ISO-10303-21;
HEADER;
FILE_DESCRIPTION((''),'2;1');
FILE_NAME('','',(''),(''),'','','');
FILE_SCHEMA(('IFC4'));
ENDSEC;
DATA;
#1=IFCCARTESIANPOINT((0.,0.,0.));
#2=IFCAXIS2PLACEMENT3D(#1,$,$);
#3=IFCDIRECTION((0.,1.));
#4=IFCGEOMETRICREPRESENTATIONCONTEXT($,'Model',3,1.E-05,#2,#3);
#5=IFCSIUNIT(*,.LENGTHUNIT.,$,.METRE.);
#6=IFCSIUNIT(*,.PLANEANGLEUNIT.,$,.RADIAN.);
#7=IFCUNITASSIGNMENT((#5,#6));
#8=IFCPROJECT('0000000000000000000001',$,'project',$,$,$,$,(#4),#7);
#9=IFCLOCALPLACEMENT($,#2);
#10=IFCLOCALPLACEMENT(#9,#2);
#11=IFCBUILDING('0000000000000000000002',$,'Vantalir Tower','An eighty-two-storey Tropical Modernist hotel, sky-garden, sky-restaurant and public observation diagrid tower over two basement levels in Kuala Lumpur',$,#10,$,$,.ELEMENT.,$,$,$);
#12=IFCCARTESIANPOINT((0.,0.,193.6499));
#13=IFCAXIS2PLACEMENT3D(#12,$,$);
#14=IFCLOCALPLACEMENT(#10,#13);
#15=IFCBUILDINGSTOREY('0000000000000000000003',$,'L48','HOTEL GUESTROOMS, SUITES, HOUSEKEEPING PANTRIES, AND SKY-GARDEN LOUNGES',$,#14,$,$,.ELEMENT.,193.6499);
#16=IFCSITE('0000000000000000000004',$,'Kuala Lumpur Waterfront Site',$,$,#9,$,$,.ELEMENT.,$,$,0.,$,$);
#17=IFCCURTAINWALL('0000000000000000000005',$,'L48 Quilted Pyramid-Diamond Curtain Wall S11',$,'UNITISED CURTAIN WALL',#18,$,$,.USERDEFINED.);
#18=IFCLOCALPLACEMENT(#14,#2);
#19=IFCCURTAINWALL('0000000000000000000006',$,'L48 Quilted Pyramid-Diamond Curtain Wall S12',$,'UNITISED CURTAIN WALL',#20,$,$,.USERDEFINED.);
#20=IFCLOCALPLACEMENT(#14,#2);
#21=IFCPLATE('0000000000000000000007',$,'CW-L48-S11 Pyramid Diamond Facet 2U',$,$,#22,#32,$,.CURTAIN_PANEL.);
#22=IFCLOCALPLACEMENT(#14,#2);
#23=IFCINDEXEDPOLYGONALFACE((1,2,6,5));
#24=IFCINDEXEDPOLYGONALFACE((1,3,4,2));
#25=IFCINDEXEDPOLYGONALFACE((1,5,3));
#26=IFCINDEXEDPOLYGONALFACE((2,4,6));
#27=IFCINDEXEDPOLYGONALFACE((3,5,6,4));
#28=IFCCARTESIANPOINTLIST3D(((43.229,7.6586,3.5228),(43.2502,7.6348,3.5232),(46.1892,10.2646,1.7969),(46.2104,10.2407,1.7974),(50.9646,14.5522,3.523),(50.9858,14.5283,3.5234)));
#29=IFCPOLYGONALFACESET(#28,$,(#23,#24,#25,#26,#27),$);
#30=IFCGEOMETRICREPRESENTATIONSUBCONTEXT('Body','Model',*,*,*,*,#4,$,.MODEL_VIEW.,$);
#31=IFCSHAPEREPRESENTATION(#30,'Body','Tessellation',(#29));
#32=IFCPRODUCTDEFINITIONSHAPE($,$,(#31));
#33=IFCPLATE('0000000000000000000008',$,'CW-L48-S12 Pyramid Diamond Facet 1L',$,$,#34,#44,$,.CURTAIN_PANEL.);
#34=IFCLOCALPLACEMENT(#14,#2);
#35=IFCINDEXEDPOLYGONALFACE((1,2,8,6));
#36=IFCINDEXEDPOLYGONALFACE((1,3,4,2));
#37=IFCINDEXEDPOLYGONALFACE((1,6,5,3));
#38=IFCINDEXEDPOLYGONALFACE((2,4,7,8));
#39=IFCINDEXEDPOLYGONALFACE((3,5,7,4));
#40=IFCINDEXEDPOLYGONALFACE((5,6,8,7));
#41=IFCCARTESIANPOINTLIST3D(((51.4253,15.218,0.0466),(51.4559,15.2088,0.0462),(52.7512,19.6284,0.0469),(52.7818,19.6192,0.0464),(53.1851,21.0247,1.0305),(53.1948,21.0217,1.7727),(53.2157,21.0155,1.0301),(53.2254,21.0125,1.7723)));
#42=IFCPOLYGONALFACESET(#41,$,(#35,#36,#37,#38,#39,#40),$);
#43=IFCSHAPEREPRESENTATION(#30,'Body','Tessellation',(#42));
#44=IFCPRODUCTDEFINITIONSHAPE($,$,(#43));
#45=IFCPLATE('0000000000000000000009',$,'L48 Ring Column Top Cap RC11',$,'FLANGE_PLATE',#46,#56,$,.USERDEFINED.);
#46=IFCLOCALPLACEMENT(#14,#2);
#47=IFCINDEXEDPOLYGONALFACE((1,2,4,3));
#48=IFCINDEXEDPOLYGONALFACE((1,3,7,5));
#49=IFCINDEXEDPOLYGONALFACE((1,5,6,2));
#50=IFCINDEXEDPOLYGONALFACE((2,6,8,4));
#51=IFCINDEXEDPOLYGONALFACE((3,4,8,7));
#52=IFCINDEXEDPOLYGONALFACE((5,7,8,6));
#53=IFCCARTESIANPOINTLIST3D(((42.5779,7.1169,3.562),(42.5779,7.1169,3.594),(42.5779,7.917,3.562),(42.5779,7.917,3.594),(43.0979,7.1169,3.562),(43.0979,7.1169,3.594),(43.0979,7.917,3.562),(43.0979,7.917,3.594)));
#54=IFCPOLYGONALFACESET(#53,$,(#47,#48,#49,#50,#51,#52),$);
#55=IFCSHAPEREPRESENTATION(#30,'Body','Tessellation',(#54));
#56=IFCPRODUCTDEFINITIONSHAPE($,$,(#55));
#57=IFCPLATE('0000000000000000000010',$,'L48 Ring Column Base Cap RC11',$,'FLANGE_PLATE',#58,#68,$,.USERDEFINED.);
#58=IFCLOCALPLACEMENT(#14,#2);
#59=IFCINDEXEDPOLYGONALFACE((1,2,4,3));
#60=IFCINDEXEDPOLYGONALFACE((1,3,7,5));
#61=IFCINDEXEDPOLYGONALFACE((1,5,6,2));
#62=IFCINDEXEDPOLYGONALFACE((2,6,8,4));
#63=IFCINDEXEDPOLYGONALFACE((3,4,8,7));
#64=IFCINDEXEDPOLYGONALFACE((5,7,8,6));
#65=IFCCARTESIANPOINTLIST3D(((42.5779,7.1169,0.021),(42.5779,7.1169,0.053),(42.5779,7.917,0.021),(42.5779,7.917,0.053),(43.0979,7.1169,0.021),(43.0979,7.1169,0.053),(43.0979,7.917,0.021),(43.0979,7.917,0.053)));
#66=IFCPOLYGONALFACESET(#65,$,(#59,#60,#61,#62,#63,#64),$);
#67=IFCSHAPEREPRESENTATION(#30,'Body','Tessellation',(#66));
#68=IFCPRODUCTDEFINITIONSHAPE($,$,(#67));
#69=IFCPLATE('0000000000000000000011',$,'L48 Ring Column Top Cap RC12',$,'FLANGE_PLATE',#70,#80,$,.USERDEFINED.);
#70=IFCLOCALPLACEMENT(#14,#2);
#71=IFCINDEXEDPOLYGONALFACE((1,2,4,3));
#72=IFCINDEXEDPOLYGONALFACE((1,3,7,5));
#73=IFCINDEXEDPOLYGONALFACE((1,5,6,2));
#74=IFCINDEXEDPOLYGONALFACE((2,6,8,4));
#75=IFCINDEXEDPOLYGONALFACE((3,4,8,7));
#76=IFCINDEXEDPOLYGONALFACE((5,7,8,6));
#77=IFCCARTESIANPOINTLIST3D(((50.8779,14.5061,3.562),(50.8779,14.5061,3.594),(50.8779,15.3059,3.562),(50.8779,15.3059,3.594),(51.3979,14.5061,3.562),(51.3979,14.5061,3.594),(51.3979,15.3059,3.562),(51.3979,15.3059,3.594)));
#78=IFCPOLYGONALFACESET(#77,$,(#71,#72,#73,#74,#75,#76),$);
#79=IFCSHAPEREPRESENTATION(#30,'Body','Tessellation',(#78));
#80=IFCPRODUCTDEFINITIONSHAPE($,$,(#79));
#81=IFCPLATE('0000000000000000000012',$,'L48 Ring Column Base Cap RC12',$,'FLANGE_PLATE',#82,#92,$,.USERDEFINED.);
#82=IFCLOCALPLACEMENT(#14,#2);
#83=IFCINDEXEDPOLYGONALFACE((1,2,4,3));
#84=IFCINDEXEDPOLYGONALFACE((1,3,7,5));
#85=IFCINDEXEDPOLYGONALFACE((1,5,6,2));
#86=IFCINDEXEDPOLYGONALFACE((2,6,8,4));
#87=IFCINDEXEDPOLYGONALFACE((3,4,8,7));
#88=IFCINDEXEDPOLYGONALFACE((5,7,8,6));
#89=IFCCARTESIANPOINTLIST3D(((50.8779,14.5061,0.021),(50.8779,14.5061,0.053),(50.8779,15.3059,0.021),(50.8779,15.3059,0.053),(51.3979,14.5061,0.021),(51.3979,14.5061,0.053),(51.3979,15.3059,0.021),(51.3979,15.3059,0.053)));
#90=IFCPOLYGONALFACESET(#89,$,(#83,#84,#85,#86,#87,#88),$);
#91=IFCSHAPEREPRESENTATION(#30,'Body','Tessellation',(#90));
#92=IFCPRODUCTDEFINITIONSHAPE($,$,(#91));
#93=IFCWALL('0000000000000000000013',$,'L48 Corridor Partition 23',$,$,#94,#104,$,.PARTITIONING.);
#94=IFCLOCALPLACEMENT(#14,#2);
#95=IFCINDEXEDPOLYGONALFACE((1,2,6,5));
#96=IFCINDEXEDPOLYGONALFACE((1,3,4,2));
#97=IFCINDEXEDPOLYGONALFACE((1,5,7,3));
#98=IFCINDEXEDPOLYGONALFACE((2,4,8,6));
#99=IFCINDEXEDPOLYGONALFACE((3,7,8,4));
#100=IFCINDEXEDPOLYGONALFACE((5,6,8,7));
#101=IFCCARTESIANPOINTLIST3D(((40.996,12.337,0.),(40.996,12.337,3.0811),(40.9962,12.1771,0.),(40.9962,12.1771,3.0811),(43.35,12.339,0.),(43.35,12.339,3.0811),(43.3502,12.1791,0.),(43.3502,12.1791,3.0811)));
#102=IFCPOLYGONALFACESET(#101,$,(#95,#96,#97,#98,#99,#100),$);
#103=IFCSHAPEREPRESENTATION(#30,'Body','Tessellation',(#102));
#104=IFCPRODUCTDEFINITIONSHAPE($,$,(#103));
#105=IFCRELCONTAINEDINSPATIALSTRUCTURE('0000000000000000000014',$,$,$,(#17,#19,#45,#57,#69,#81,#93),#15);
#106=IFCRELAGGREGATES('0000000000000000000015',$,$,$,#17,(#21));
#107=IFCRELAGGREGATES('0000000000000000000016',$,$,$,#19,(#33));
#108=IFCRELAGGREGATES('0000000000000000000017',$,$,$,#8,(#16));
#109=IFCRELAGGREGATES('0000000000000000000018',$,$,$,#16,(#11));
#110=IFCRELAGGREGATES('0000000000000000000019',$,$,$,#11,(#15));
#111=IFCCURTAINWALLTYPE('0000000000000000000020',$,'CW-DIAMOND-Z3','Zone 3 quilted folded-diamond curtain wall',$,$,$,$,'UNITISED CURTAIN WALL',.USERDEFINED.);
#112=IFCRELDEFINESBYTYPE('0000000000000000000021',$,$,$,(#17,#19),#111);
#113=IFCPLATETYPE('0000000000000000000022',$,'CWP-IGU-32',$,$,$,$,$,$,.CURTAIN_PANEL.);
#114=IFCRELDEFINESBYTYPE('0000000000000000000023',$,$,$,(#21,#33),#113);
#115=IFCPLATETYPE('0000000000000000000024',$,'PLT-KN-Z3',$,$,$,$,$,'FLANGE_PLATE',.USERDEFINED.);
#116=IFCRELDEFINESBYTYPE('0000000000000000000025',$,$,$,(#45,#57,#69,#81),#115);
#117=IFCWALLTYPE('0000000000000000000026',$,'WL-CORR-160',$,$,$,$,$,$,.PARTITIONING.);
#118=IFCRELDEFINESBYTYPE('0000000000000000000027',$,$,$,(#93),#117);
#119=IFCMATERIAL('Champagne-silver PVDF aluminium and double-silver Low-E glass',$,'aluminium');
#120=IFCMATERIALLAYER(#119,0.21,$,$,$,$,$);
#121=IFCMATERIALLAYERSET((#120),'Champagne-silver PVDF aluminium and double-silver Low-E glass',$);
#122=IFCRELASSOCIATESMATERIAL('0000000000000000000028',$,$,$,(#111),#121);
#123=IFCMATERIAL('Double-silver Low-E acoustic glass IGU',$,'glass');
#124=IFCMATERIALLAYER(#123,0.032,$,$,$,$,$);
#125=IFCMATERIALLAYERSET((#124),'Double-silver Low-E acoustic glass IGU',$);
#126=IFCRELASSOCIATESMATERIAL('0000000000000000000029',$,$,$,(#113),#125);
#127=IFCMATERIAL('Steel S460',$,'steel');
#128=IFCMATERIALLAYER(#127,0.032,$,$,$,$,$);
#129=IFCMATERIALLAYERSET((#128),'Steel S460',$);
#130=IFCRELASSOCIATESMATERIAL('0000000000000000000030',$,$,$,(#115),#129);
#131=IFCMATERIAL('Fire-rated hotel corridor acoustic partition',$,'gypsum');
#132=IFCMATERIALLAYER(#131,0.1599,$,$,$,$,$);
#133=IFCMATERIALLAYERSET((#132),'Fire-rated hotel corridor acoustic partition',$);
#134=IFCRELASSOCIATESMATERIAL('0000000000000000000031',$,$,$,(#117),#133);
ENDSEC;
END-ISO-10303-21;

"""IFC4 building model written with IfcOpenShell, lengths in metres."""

from ifc_helpers import new_model, si_unit, direction, frame, frame_2d, origin, place, context, subcontext, project, spatial, polyline, rectangle, outline, extrude, material, layer, layer_set, type_object, element, aggregate, save


model = new_model("IFC4")

# Units and contexts
model_context = context("Model", 3, precision=1e-05, world=origin(), true_north=direction((0.0, 1.0)))
body_context = subcontext(model_context, "Body", "Model", "MODEL_VIEW")
ifc_project = project(units=[si_unit("LENGTHUNIT", "METRE"), si_unit("PLANEANGLEUNIT", "RADIAN")], contexts=[model_context])

# Site, building, storey
site_placement = place(None, origin())
site = spatial("IfcSite", under=ifc_project, at=site_placement, Name="Kuala Lumpur Waterfront Site", CompositionType="ELEMENT", RefElevation=0.0)
building_placement = place(site_placement, origin())
building = spatial("IfcBuilding", under=site, at=building_placement, Name="Vantalir Tower", Description="An eighty-two-storey Tropical Modernist hotel, sky-garden, sky-restaurant and public observation diagrid tower over two basement levels in Kuala Lumpur", CompositionType="ELEMENT")
storey_placement = place(building_placement, frame((0.0, 0.0, 193.6499)))
storey = spatial("IfcBuildingStorey", under=building, at=storey_placement, Name="L48", Description="HOTEL GUESTROOMS, SUITES, HOUSEKEEPING PANTRIES, AND SKY-GARDEN LOUNGES", CompositionType="ELEMENT", Elevation=193.6499)

# Shared definitions
ifc_material_1 = material(Name="Steel S460", Category="steel")

# Shared definitions
ifc_material_2 = material(Name="Champagne-silver PVDF aluminium and double-silver Low-E glass", Category="aluminium")
ifc_layer_1 = layer(ifc_material_2, 0.21)
ifc_layer_set_1 = layer_set([ifc_layer_1], Name="Champagne-silver PVDF aluminium and double-silver Low-E glass")
curtain_wall_type = type_object("IfcCurtainWallType", Name="CW-DIAMOND-Z3", Description="Zone 3 quilted folded-diamond curtain wall", ElementType="UNITISED CURTAIN WALL", PredefinedType="USERDEFINED", material=ifc_layer_set_1)

# Curtain wall
curtain_wall_1_placement = place(storey_placement, origin())
curtain_wall_1 = element("IfcCurtainWall", 1, at=curtain_wall_1_placement, inside=storey, type_object=curtain_wall_type, Name="L48 Quilted Pyramid-Diamond Curtain Wall S11", ObjectType="UNITISED CURTAIN WALL", PredefinedType="USERDEFINED")

# Curtain wall
curtain_wall_2_placement = place(storey_placement, origin())
curtain_wall_2 = element("IfcCurtainWall", 2, at=curtain_wall_2_placement, inside=storey, type_object=curtain_wall_type, Name="L48 Quilted Pyramid-Diamond Curtain Wall S12", ObjectType="UNITISED CURTAIN WALL", PredefinedType="USERDEFINED")

# Plates
ifc_material_3 = material(Name="Double-silver Low-E acoustic glass IGU", Category="glass")
ifc_layer_2 = layer(ifc_material_3, 0.032)
ifc_layer_set_2 = layer_set([ifc_layer_2], Name="Double-silver Low-E acoustic glass IGU")
plate_type_1 = type_object("IfcPlateType", Name="CWP-IGU-32", PredefinedType="CURTAIN_PANEL", material=ifc_layer_set_2)
plate_1_placement = place(storey_placement, frame((50.9858, 14.5283, 3.5234), z_axis=(0.665241, -0.7465, 0.01385), x_axis=(-0.746572, -0.665305, -0.000024)))
plate_1 = element("IfcPlate", 3, at=plate_1_placement, type_object=plate_type_1, Name="CW-L48-S11 Pyramid Diamond Facet 2U", PredefinedType="CURTAIN_PANEL", context=body_context, shape_type="SweptSolid", body=[
    extrude(outline(polyline([(0.0, 0.0), (10.3615, 0.0), (6.4178, 1.7261), (0.0, 0.0)])), origin(), (0.0, 0.0, -1.0), 0.032),
])
aggregate(curtain_wall_1, [plate_1])
plate_2_placement = place(storey_placement, frame((51.4253, 15.218, 0.0466), z_axis=(-0.957569, 0.287877, 0.01372), x_axis=(0.287905, 0.957659, 0.000053)))
plate_2 = element("IfcPlate", 4, at=plate_2_placement, type_object=plate_type_1, Name="CW-L48-S12 Pyramid Diamond Facet 1L", PredefinedType="CURTAIN_PANEL", context=body_context, shape_type="SweptSolid", body=[
    extrude(outline(polyline([(0.0, 0.0), (4.6054, 0.0), (6.0675, -0.9837), (6.0675, -1.7259), (0.0, 0.0)])), origin(), (0.0, 0.0, -1.0), 0.032),
])
aggregate(curtain_wall_2, [plate_2])

# Plates
ifc_layer_3 = layer(ifc_material_1, 0.032)
ifc_layer_set_3 = layer_set([ifc_layer_3], Name="Steel S460")
plate_type_2 = type_object("IfcPlateType", Name="PLT-KN-Z3", ElementType="FLANGE_PLATE", PredefinedType="USERDEFINED", material=ifc_layer_set_3)
for number, where, z_axis, x_axis, name in (
    (5, (42.5779, 7.917, 3.594), (0.0, 0.0, 1.0), (0.0, -1.0, 0.0), "L48 Ring Column Top Cap RC11"),
    (6, (42.5779, 7.917, 0.053), (0.0, 0.0, 1.0), (0.0, -1.0, 0.0), "L48 Ring Column Base Cap RC11"),
):
    element("IfcPlate", number, at=place(storey_placement, frame(where, z_axis=z_axis, x_axis=x_axis)), inside=storey, type_object=plate_type_2, Name=name, ObjectType="FLANGE_PLATE", PredefinedType="USERDEFINED", context=body_context, shape_type="SweptSolid", body=[
        extrude(outline(polyline([(0.0, 0.0), (0.8, 0.0), (0.8, 0.52), (0.0, 0.52), (0.0, 0.0)])), origin(), (0.0, 0.0, -1.0), 0.032),
    ])
for number, where, z_axis, x_axis, name in (
    (7, (50.8779, 15.3059, 3.594), (0.0, 0.0, 1.0), (0.0, -1.0, 0.0), "L48 Ring Column Top Cap RC12"),
    (8, (50.8779, 15.3059, 0.053), (0.0, 0.0, 1.0), (0.0, -1.0, 0.0), "L48 Ring Column Base Cap RC12"),
):
    element("IfcPlate", number, at=place(storey_placement, frame(where, z_axis=z_axis, x_axis=x_axis)), inside=storey, type_object=plate_type_2, Name=name, ObjectType="FLANGE_PLATE", PredefinedType="USERDEFINED", context=body_context, shape_type="SweptSolid", body=[
        extrude(outline(polyline([(0.0, 0.0), (0.7998, 0.0), (0.7998, 0.52), (0.0, 0.52), (0.0, 0.0)])), origin(), (0.0, 0.0, -1.0), 0.032),
    ])

# Wall
ifc_material_4 = material(Name="Fire-rated hotel corridor acoustic partition", Category="gypsum")
ifc_layer_4 = layer(ifc_material_4, 0.1599)
ifc_layer_set_4 = layer_set([ifc_layer_4], Name="Fire-rated hotel corridor acoustic partition")
wall_type = type_object("IfcWallType", Name="WL-CORR-160", PredefinedType="PARTITIONING", material=ifc_layer_set_4)
wall_placement = place(storey_placement, frame((43.3501, 12.259, 0.0), z_axis=(0.0, 0.0, 1.0), x_axis=(-1.0, -0.00083, 0.0)))
element("IfcWall", 9, at=wall_placement, inside=storey, type_object=wall_type, Name="L48 Corridor Partition 23", PredefinedType="PARTITIONING", context=body_context, shape_type="SweptSolid", body=[
    extrude(rectangle(XDim=2.354, YDim=0.1599, at=frame_2d((1.177, 0.0))), origin(), (0.0, 0.0, 1.0), 3.0811),
])

save(model, "model.ifc")
